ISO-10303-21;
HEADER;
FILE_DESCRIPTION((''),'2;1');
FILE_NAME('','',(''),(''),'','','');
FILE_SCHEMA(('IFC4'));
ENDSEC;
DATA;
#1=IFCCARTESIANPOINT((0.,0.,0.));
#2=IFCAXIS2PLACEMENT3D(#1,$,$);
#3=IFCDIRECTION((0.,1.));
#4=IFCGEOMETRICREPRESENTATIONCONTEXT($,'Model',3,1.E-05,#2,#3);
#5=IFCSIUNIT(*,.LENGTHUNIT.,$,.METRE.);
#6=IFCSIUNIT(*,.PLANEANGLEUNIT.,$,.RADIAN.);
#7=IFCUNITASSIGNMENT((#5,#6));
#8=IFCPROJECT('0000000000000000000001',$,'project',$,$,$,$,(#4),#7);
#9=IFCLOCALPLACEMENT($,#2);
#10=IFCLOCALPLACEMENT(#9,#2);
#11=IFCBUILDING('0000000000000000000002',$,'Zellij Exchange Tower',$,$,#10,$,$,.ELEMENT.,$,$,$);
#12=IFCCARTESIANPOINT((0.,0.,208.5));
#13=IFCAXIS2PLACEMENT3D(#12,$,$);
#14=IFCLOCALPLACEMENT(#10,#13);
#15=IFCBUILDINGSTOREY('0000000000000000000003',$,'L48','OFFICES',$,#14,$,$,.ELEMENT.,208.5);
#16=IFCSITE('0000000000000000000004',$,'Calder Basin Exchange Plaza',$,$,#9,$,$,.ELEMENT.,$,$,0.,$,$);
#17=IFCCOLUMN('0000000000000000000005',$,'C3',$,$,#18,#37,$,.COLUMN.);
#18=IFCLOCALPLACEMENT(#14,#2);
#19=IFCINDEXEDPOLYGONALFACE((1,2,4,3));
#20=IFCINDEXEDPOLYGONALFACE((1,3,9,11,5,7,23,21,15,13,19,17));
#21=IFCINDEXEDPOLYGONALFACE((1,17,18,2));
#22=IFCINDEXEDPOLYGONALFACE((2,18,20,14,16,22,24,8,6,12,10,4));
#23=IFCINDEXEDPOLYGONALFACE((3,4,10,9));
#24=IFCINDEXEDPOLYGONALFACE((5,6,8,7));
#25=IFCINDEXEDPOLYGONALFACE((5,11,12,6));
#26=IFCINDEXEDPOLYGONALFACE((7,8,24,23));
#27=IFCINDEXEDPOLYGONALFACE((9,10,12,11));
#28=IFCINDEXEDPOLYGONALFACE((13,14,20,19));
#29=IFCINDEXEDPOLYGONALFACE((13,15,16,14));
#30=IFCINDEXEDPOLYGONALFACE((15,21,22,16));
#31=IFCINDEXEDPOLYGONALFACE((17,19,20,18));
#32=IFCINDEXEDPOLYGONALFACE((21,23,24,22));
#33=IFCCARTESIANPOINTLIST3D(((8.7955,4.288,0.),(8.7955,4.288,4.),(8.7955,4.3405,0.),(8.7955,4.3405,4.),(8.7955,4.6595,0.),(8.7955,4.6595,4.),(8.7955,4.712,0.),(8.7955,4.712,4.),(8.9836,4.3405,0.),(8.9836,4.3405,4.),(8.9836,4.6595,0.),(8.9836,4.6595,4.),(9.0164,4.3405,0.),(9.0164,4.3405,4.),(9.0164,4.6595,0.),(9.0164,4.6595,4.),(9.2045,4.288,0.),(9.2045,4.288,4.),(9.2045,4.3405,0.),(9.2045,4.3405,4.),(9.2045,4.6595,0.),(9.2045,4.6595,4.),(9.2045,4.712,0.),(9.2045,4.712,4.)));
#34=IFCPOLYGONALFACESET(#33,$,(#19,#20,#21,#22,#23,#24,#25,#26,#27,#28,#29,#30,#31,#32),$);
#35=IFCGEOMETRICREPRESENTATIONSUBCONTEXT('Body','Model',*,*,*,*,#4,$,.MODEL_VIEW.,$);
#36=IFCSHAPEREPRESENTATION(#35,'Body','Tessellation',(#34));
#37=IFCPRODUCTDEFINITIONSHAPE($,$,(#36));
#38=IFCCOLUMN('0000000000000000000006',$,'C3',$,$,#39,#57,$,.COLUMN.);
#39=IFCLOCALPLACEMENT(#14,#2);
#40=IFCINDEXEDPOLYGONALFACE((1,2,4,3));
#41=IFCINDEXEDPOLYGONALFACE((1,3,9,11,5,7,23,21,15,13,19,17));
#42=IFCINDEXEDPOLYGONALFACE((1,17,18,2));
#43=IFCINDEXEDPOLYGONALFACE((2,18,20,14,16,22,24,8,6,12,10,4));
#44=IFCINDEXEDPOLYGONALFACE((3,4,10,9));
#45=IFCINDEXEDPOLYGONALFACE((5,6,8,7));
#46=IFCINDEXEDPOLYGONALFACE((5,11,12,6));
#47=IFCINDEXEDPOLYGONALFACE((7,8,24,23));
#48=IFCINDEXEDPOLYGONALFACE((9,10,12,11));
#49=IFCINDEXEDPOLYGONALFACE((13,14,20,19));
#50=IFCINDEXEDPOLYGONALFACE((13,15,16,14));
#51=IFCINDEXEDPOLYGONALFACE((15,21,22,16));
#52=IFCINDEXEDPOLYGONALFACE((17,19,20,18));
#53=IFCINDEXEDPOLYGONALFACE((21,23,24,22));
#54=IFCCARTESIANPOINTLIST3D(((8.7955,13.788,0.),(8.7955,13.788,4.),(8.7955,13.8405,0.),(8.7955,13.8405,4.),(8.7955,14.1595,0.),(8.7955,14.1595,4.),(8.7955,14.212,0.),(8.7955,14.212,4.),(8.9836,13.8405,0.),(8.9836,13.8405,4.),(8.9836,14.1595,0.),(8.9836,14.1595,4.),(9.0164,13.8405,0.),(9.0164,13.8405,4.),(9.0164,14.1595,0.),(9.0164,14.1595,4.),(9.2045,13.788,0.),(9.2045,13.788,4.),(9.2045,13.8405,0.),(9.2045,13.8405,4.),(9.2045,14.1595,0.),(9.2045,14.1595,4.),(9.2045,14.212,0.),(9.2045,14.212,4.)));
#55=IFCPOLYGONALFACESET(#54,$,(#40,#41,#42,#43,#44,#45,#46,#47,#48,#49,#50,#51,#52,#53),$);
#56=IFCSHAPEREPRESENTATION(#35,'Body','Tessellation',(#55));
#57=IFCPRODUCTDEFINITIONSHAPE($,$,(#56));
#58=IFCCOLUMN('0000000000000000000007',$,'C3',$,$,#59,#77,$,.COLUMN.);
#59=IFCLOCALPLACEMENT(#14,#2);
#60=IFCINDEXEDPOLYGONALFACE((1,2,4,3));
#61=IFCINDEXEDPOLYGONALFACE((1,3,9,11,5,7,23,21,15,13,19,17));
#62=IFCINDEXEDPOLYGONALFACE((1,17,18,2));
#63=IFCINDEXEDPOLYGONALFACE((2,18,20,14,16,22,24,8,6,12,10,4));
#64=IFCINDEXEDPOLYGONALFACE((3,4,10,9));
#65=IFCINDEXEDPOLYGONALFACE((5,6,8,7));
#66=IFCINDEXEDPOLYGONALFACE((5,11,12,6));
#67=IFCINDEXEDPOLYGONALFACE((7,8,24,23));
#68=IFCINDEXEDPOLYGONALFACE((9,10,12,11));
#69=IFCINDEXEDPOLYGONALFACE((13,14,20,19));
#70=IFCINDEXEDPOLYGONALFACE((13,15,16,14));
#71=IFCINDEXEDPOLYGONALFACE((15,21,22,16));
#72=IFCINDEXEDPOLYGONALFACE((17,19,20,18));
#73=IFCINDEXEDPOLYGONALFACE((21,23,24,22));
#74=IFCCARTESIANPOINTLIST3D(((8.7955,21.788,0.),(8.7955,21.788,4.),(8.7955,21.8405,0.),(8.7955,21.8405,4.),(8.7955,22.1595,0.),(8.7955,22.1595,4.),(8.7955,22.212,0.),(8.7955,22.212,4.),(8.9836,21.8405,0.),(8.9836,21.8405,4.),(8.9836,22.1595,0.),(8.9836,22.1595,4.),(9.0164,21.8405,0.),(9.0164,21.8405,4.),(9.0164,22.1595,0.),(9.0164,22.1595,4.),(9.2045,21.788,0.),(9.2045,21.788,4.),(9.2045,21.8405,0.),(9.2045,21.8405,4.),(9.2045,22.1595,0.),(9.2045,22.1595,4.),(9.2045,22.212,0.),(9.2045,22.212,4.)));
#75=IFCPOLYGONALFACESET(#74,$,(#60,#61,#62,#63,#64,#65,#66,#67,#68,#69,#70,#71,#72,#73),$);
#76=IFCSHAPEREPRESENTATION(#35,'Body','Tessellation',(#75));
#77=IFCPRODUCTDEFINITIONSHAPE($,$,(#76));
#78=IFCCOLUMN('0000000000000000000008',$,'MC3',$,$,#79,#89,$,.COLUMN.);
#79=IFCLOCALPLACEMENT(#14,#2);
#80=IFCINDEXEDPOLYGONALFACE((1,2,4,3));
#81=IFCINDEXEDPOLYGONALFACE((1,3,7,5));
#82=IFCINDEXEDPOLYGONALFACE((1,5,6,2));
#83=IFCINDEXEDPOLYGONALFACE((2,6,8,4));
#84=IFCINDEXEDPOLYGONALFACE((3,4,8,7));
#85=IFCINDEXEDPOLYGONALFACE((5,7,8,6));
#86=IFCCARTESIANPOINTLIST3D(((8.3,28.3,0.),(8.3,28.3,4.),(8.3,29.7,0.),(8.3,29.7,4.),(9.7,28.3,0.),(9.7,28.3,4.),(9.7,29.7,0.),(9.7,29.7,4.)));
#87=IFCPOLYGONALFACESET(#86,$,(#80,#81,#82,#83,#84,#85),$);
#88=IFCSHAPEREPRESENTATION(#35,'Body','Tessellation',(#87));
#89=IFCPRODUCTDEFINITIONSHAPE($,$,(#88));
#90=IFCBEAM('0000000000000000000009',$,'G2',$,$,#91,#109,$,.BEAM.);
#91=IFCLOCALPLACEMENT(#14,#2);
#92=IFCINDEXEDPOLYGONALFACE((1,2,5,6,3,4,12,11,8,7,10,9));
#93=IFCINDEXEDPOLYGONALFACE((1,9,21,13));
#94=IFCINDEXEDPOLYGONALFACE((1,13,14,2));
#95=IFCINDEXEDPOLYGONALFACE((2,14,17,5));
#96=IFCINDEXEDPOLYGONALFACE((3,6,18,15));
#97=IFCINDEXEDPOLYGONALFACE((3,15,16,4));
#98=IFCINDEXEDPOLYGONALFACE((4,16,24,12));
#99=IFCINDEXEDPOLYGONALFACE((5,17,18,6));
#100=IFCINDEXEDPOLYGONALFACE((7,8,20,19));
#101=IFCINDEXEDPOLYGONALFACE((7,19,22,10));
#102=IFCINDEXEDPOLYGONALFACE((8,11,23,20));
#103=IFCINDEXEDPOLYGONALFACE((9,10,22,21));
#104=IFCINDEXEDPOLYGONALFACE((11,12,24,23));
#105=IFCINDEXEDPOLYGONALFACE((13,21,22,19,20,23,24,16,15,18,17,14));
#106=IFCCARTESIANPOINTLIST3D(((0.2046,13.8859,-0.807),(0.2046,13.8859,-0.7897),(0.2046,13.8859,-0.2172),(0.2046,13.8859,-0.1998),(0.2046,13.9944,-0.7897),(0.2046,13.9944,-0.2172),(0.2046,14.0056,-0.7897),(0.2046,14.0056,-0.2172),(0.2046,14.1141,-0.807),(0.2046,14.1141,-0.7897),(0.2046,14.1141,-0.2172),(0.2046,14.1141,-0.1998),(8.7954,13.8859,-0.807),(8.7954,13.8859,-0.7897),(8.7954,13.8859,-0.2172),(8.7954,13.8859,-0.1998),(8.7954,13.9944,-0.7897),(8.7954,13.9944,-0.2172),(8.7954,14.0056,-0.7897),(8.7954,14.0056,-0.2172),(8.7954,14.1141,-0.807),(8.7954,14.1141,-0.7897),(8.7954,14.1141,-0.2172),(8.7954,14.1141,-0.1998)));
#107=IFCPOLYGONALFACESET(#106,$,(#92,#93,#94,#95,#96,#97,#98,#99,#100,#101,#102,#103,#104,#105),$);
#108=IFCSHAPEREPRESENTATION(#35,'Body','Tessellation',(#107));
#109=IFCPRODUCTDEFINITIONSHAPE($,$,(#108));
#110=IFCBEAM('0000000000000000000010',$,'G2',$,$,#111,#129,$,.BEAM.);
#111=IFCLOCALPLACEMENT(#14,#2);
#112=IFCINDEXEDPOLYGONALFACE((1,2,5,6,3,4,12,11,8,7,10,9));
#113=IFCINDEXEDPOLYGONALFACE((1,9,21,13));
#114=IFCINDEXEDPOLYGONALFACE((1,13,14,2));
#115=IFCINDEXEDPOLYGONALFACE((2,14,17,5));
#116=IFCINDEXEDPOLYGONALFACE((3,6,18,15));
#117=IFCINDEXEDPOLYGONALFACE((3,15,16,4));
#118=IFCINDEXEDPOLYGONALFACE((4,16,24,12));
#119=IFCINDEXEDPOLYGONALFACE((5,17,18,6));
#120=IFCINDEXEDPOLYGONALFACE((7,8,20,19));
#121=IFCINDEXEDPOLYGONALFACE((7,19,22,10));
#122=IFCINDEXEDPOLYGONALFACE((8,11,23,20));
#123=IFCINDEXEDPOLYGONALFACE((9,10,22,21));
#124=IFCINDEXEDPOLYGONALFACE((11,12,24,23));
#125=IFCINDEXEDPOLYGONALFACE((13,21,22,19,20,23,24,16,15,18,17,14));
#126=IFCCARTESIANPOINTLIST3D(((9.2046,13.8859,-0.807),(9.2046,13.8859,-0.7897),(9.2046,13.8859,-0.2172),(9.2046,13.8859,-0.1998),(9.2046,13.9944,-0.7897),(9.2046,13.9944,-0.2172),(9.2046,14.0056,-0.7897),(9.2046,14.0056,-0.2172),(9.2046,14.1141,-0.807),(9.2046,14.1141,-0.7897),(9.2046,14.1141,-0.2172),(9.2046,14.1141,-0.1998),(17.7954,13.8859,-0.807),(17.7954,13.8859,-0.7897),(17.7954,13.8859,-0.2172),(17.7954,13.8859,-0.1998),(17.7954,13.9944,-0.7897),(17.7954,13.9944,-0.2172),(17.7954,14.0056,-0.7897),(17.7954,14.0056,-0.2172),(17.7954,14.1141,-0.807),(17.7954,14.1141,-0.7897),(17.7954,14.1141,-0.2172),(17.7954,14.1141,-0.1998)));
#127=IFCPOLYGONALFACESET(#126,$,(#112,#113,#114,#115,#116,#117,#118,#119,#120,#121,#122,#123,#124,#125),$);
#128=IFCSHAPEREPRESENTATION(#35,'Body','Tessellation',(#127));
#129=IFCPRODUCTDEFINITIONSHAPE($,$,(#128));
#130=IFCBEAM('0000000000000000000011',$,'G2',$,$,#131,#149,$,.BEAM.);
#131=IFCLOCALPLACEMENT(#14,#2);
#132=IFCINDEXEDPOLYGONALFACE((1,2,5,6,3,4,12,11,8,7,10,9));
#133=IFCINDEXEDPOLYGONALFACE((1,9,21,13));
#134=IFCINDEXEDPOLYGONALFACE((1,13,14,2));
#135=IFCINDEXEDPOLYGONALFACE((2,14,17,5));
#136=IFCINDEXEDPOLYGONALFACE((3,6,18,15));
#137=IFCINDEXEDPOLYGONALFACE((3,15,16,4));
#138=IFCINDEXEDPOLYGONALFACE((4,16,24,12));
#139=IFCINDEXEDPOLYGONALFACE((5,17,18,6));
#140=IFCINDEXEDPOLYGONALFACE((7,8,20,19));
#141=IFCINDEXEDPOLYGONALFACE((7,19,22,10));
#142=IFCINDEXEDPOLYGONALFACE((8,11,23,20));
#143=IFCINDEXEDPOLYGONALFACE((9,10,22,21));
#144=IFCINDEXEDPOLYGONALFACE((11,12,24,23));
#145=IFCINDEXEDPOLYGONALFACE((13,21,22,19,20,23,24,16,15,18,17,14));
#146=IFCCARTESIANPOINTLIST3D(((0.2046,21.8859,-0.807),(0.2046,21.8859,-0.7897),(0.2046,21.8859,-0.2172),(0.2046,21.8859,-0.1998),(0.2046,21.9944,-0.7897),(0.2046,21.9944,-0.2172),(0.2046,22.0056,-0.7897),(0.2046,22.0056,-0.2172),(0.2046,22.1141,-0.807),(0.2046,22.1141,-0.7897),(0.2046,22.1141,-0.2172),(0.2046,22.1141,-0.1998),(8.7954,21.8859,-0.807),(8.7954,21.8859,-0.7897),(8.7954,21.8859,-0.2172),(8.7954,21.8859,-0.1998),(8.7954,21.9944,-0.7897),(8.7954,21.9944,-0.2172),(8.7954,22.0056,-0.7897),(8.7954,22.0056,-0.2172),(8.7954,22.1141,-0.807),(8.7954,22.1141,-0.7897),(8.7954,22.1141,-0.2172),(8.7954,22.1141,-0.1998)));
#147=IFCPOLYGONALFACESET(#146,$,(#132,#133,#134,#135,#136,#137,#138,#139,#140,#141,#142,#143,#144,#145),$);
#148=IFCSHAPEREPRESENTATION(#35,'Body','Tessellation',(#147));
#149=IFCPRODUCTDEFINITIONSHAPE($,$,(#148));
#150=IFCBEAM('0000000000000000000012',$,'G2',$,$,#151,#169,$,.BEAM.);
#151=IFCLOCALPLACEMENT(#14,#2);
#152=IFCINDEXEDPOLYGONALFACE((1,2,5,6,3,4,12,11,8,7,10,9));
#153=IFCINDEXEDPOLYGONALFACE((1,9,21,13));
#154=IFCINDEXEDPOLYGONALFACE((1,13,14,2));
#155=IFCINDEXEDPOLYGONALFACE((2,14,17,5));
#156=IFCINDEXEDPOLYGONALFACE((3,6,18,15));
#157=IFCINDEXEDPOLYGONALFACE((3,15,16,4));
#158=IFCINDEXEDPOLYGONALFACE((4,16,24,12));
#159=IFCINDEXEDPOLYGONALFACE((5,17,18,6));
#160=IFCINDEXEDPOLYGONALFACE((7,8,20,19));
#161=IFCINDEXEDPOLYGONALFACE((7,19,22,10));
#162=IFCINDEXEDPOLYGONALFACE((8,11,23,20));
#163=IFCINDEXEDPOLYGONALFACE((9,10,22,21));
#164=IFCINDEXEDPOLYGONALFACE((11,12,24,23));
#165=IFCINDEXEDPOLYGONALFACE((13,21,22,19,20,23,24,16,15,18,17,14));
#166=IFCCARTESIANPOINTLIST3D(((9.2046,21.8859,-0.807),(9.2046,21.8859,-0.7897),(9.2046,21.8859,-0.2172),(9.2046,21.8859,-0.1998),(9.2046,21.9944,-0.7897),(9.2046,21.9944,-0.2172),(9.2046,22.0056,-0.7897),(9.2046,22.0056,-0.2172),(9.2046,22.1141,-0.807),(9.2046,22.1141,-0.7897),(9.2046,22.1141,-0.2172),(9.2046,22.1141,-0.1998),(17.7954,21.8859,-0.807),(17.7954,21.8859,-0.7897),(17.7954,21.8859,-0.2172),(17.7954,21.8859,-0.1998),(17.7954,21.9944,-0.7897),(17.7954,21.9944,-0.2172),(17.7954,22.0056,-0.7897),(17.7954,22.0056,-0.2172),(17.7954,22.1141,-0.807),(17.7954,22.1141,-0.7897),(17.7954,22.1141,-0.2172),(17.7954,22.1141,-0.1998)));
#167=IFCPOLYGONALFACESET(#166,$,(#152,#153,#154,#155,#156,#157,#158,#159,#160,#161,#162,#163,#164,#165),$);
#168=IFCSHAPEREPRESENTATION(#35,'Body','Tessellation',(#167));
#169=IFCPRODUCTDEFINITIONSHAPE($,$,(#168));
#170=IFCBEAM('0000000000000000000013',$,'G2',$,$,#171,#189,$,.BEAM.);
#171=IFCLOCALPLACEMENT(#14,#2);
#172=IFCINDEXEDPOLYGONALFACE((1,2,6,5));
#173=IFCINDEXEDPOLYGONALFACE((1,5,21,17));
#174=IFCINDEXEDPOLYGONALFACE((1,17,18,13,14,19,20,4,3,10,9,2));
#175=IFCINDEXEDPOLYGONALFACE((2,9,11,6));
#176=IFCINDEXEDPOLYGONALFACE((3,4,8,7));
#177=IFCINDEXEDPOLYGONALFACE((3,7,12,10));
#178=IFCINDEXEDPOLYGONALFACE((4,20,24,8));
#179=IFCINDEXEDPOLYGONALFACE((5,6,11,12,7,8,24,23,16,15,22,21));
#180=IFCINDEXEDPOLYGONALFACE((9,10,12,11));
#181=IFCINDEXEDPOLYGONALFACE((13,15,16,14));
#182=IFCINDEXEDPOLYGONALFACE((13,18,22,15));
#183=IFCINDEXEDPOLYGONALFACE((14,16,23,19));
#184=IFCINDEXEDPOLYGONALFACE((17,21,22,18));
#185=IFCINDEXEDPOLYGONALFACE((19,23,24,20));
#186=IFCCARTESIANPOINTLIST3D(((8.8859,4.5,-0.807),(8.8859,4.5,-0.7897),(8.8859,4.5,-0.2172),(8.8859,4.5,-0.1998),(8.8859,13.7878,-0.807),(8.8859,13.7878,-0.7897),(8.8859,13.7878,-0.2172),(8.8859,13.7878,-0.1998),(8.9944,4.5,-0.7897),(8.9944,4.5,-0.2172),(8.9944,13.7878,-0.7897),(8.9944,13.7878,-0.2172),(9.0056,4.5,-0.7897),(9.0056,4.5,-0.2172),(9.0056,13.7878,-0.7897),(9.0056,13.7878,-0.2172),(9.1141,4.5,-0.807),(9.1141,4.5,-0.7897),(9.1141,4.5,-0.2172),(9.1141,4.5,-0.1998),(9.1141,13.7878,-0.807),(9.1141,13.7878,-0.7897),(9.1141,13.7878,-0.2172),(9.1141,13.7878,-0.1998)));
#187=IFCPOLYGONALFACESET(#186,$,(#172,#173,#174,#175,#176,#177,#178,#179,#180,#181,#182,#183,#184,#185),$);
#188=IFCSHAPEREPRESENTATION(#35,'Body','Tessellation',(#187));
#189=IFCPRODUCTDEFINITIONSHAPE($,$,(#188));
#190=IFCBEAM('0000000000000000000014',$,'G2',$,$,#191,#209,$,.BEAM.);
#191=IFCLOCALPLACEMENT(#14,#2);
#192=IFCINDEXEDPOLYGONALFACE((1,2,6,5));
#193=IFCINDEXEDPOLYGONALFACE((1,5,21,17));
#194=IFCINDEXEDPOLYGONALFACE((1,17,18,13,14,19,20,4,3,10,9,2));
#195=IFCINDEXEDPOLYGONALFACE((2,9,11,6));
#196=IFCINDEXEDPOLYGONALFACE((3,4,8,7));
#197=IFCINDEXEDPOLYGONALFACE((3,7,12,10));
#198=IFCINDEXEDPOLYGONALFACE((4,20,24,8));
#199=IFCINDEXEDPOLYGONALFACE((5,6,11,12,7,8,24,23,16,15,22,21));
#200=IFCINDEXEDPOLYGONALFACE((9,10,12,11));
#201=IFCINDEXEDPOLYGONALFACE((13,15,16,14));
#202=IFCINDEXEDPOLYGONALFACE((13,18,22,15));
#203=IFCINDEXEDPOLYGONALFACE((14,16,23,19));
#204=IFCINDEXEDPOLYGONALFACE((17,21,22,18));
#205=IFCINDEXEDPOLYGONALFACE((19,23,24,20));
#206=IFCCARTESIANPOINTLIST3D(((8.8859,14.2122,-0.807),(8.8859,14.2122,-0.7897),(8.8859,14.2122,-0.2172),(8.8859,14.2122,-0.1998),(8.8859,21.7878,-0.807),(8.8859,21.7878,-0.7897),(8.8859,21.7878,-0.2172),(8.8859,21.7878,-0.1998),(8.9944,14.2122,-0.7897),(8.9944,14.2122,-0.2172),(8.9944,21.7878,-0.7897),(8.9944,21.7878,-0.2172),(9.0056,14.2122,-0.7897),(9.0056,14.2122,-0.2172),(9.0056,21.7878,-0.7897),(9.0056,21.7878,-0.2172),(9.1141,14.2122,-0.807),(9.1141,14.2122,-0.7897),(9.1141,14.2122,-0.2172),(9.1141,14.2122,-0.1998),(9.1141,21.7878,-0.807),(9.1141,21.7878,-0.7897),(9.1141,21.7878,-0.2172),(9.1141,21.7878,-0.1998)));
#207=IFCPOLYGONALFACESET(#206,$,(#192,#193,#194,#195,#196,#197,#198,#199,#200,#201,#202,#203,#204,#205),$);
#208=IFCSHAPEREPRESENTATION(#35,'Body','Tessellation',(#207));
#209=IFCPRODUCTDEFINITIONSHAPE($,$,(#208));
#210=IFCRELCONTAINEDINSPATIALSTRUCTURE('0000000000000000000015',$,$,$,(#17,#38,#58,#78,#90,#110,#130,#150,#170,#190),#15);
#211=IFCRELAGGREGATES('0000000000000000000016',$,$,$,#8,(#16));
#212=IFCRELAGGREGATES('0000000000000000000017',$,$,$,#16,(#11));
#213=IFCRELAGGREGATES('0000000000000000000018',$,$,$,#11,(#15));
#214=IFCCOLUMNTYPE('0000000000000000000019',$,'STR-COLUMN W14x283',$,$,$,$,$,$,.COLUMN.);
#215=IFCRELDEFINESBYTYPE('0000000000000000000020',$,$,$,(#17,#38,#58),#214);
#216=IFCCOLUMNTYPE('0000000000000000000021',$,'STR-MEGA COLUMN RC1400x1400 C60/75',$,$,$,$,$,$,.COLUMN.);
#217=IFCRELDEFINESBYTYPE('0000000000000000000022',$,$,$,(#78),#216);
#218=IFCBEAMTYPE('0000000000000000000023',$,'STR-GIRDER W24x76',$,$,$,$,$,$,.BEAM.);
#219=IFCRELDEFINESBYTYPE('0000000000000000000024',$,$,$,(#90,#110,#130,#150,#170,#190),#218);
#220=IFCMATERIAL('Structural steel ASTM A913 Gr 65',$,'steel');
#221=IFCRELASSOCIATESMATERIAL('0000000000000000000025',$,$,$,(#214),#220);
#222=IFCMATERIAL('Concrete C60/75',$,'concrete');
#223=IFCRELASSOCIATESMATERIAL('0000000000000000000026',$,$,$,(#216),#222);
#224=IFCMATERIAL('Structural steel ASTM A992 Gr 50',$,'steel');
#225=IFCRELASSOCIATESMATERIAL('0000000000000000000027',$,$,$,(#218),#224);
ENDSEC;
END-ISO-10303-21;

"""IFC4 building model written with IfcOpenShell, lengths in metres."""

from ifc_helpers import new_model, si_unit, direction, frame, origin, origin_2d, place, context, subcontext, project, spatial, rectangle, i_section, extrude, material, material_profile, profile_set, type_object, element, save


model = new_model("IFC4")

# Units and contexts
model_context = context("Model", 3, precision=1e-05, world=origin(), true_north=direction((0.0, 1.0)))
body_context = subcontext(model_context, "Body", "Model", "MODEL_VIEW")
ifc_project = project(units=[si_unit("LENGTHUNIT", "METRE"), si_unit("PLANEANGLEUNIT", "RADIAN")], contexts=[model_context])

# Site, building, storey
site_placement = place(None, origin())
site = spatial("IfcSite", under=ifc_project, at=site_placement, Name="Calder Basin Exchange Plaza", CompositionType="ELEMENT", RefElevation=0.0)
building_placement = place(site_placement, origin())
building = spatial("IfcBuilding", under=site, at=building_placement, Name="Zellij Exchange Tower", CompositionType="ELEMENT")
storey_placement = place(building_placement, frame((0.0, 0.0, 208.5)))
storey = spatial("IfcBuildingStorey", under=building, at=storey_placement, Name="L48", Description="OFFICES", CompositionType="ELEMENT", Elevation=208.5)

# Columns
ifc_material_1 = material(Name="Structural steel ASTM A913 Gr 65", Category="steel")
ifc_material_profile_1 = material_profile(ifc_material_1, i_section(OverallWidth=0.4089, OverallDepth=0.4241, WebThickness=0.0327, FlangeThickness=0.0525, at=origin_2d()), Name="W14x283")
ifc_profile_set_1 = profile_set([ifc_material_profile_1], Name="Structural steel ASTM A913 Gr 65")
column_type_1 = type_object("IfcColumnType", Name="STR-COLUMN W14x283", PredefinedType="COLUMN", material=ifc_profile_set_1)
for number, where, z_axis, x_axis, name in (
    (1, (9.0, 4.5, 0.0), (0.0, 0.0, 1.0), (1.0, 0.0, 0.0), "C3"),
    (2, (9.0, 14.0, 0.0), (0.0, 0.0, 1.0), (1.0, 0.0, 0.0), "C3"),
    (3, (9.0, 22.0, 0.0), (0.0, 0.0, 1.0), (1.0, 0.0, 0.0), "C3"),
):
    element("IfcColumn", number, at=place(storey_placement, frame(where, z_axis=z_axis, x_axis=x_axis)), inside=storey, type_object=column_type_1, Name=name, PredefinedType="COLUMN", context=body_context, shape_type="SweptSolid", body=[
        extrude(i_section(OverallWidth=0.4089, OverallDepth=0.4241, WebThickness=0.0327, FlangeThickness=0.0525, at=origin_2d()), origin(), (0.0, 0.0, 1.0), 4.0),
    ])
ifc_material_2 = material(Name="Concrete C60/75", Category="concrete")
ifc_material_profile_2 = material_profile(ifc_material_2, rectangle(XDim=1.3999, YDim=1.3999, at=origin_2d()), Name="STR-MEGA COLUMN RC1400x1400 C60/75")
ifc_profile_set_2 = profile_set([ifc_material_profile_2], Name="Concrete C60/75")
column_type_2 = type_object("IfcColumnType", Name="STR-MEGA COLUMN RC1400x1400 C60/75", PredefinedType="COLUMN", material=ifc_profile_set_2)
column_placement = place(storey_placement, frame((9.0, 29.0, 0.0), z_axis=(0.0, 0.0, 1.0), x_axis=(1.0, 0.0, 0.0)))
element("IfcColumn", 4, at=column_placement, inside=storey, type_object=column_type_2, Name="MC3", PredefinedType="COLUMN", context=body_context, shape_type="SweptSolid", body=[
    extrude(rectangle(XDim=1.3999, YDim=1.3999, at=origin_2d()), origin(), (0.0, 0.0, 1.0), 4.0),
])

# Beams
ifc_material_3 = material(Name="Structural steel ASTM A992 Gr 50", Category="steel")
ifc_material_profile_3 = material_profile(ifc_material_3, i_section(OverallWidth=0.2283, OverallDepth=0.6072, WebThickness=0.0112, FlangeThickness=0.0173, at=origin_2d()), Name="W24x76")
ifc_profile_set_3 = profile_set([ifc_material_profile_3], Name="Structural steel ASTM A992 Gr 50")
beam_type = type_object("IfcBeamType", Name="STR-GIRDER W24x76", PredefinedType="BEAM", material=ifc_profile_set_3)
for number, where, z_axis, x_axis, name in (
    (5, (0.2046, 14.0, -0.5034), (1.0, 0.0, 0.0), (0.0, 1.0, 0.0), "G2"),
    (6, (9.2046, 14.0, -0.5034), (1.0, 0.0, 0.0), (0.0, 1.0, 0.0), "G2"),
    (7, (0.2046, 22.0, -0.5034), (1.0, 0.0, 0.0), (0.0, 1.0, 0.0), "G2"),
    (8, (9.2046, 22.0, -0.5034), (1.0, 0.0, 0.0), (0.0, 1.0, 0.0), "G2"),
):
    element("IfcBeam", number, at=place(storey_placement, frame(where, z_axis=z_axis, x_axis=x_axis)), inside=storey, type_object=beam_type, Name=name, PredefinedType="BEAM", context=body_context, shape_type="SweptSolid", body=[
        extrude(i_section(OverallWidth=0.2283, OverallDepth=0.6072, WebThickness=0.0112, FlangeThickness=0.0173, at=origin_2d()), origin(), (0.0, 0.0, 1.0), 8.5908),
    ])
beam_1_placement = place(storey_placement, frame((9.0, 4.5, -0.5034), z_axis=(0.0, 1.0, 0.0), x_axis=(-1.0, 0.0, 0.0)))
element("IfcBeam", 9, at=beam_1_placement, inside=storey, type_object=beam_type, Name="G2", PredefinedType="BEAM", context=body_context, shape_type="SweptSolid", body=[
    extrude(i_section(OverallWidth=0.2283, OverallDepth=0.6072, WebThickness=0.0112, FlangeThickness=0.0173, at=origin_2d()), origin(), (0.0, 0.0, 1.0), 9.2878),
])
beam_2_placement = place(storey_placement, frame((9.0, 14.2122, -0.5034), z_axis=(0.0, 1.0, 0.0), x_axis=(-1.0, 0.0, 0.0)))
element("IfcBeam", 10, at=beam_2_placement, inside=storey, type_object=beam_type, Name="G2", PredefinedType="BEAM", context=body_context, shape_type="SweptSolid", body=[
    extrude(i_section(OverallWidth=0.2283, OverallDepth=0.6072, WebThickness=0.0112, FlangeThickness=0.0173, at=origin_2d()), origin(), (0.0, 0.0, 1.0), 7.5757),
])

save(model, "model.ifc")
